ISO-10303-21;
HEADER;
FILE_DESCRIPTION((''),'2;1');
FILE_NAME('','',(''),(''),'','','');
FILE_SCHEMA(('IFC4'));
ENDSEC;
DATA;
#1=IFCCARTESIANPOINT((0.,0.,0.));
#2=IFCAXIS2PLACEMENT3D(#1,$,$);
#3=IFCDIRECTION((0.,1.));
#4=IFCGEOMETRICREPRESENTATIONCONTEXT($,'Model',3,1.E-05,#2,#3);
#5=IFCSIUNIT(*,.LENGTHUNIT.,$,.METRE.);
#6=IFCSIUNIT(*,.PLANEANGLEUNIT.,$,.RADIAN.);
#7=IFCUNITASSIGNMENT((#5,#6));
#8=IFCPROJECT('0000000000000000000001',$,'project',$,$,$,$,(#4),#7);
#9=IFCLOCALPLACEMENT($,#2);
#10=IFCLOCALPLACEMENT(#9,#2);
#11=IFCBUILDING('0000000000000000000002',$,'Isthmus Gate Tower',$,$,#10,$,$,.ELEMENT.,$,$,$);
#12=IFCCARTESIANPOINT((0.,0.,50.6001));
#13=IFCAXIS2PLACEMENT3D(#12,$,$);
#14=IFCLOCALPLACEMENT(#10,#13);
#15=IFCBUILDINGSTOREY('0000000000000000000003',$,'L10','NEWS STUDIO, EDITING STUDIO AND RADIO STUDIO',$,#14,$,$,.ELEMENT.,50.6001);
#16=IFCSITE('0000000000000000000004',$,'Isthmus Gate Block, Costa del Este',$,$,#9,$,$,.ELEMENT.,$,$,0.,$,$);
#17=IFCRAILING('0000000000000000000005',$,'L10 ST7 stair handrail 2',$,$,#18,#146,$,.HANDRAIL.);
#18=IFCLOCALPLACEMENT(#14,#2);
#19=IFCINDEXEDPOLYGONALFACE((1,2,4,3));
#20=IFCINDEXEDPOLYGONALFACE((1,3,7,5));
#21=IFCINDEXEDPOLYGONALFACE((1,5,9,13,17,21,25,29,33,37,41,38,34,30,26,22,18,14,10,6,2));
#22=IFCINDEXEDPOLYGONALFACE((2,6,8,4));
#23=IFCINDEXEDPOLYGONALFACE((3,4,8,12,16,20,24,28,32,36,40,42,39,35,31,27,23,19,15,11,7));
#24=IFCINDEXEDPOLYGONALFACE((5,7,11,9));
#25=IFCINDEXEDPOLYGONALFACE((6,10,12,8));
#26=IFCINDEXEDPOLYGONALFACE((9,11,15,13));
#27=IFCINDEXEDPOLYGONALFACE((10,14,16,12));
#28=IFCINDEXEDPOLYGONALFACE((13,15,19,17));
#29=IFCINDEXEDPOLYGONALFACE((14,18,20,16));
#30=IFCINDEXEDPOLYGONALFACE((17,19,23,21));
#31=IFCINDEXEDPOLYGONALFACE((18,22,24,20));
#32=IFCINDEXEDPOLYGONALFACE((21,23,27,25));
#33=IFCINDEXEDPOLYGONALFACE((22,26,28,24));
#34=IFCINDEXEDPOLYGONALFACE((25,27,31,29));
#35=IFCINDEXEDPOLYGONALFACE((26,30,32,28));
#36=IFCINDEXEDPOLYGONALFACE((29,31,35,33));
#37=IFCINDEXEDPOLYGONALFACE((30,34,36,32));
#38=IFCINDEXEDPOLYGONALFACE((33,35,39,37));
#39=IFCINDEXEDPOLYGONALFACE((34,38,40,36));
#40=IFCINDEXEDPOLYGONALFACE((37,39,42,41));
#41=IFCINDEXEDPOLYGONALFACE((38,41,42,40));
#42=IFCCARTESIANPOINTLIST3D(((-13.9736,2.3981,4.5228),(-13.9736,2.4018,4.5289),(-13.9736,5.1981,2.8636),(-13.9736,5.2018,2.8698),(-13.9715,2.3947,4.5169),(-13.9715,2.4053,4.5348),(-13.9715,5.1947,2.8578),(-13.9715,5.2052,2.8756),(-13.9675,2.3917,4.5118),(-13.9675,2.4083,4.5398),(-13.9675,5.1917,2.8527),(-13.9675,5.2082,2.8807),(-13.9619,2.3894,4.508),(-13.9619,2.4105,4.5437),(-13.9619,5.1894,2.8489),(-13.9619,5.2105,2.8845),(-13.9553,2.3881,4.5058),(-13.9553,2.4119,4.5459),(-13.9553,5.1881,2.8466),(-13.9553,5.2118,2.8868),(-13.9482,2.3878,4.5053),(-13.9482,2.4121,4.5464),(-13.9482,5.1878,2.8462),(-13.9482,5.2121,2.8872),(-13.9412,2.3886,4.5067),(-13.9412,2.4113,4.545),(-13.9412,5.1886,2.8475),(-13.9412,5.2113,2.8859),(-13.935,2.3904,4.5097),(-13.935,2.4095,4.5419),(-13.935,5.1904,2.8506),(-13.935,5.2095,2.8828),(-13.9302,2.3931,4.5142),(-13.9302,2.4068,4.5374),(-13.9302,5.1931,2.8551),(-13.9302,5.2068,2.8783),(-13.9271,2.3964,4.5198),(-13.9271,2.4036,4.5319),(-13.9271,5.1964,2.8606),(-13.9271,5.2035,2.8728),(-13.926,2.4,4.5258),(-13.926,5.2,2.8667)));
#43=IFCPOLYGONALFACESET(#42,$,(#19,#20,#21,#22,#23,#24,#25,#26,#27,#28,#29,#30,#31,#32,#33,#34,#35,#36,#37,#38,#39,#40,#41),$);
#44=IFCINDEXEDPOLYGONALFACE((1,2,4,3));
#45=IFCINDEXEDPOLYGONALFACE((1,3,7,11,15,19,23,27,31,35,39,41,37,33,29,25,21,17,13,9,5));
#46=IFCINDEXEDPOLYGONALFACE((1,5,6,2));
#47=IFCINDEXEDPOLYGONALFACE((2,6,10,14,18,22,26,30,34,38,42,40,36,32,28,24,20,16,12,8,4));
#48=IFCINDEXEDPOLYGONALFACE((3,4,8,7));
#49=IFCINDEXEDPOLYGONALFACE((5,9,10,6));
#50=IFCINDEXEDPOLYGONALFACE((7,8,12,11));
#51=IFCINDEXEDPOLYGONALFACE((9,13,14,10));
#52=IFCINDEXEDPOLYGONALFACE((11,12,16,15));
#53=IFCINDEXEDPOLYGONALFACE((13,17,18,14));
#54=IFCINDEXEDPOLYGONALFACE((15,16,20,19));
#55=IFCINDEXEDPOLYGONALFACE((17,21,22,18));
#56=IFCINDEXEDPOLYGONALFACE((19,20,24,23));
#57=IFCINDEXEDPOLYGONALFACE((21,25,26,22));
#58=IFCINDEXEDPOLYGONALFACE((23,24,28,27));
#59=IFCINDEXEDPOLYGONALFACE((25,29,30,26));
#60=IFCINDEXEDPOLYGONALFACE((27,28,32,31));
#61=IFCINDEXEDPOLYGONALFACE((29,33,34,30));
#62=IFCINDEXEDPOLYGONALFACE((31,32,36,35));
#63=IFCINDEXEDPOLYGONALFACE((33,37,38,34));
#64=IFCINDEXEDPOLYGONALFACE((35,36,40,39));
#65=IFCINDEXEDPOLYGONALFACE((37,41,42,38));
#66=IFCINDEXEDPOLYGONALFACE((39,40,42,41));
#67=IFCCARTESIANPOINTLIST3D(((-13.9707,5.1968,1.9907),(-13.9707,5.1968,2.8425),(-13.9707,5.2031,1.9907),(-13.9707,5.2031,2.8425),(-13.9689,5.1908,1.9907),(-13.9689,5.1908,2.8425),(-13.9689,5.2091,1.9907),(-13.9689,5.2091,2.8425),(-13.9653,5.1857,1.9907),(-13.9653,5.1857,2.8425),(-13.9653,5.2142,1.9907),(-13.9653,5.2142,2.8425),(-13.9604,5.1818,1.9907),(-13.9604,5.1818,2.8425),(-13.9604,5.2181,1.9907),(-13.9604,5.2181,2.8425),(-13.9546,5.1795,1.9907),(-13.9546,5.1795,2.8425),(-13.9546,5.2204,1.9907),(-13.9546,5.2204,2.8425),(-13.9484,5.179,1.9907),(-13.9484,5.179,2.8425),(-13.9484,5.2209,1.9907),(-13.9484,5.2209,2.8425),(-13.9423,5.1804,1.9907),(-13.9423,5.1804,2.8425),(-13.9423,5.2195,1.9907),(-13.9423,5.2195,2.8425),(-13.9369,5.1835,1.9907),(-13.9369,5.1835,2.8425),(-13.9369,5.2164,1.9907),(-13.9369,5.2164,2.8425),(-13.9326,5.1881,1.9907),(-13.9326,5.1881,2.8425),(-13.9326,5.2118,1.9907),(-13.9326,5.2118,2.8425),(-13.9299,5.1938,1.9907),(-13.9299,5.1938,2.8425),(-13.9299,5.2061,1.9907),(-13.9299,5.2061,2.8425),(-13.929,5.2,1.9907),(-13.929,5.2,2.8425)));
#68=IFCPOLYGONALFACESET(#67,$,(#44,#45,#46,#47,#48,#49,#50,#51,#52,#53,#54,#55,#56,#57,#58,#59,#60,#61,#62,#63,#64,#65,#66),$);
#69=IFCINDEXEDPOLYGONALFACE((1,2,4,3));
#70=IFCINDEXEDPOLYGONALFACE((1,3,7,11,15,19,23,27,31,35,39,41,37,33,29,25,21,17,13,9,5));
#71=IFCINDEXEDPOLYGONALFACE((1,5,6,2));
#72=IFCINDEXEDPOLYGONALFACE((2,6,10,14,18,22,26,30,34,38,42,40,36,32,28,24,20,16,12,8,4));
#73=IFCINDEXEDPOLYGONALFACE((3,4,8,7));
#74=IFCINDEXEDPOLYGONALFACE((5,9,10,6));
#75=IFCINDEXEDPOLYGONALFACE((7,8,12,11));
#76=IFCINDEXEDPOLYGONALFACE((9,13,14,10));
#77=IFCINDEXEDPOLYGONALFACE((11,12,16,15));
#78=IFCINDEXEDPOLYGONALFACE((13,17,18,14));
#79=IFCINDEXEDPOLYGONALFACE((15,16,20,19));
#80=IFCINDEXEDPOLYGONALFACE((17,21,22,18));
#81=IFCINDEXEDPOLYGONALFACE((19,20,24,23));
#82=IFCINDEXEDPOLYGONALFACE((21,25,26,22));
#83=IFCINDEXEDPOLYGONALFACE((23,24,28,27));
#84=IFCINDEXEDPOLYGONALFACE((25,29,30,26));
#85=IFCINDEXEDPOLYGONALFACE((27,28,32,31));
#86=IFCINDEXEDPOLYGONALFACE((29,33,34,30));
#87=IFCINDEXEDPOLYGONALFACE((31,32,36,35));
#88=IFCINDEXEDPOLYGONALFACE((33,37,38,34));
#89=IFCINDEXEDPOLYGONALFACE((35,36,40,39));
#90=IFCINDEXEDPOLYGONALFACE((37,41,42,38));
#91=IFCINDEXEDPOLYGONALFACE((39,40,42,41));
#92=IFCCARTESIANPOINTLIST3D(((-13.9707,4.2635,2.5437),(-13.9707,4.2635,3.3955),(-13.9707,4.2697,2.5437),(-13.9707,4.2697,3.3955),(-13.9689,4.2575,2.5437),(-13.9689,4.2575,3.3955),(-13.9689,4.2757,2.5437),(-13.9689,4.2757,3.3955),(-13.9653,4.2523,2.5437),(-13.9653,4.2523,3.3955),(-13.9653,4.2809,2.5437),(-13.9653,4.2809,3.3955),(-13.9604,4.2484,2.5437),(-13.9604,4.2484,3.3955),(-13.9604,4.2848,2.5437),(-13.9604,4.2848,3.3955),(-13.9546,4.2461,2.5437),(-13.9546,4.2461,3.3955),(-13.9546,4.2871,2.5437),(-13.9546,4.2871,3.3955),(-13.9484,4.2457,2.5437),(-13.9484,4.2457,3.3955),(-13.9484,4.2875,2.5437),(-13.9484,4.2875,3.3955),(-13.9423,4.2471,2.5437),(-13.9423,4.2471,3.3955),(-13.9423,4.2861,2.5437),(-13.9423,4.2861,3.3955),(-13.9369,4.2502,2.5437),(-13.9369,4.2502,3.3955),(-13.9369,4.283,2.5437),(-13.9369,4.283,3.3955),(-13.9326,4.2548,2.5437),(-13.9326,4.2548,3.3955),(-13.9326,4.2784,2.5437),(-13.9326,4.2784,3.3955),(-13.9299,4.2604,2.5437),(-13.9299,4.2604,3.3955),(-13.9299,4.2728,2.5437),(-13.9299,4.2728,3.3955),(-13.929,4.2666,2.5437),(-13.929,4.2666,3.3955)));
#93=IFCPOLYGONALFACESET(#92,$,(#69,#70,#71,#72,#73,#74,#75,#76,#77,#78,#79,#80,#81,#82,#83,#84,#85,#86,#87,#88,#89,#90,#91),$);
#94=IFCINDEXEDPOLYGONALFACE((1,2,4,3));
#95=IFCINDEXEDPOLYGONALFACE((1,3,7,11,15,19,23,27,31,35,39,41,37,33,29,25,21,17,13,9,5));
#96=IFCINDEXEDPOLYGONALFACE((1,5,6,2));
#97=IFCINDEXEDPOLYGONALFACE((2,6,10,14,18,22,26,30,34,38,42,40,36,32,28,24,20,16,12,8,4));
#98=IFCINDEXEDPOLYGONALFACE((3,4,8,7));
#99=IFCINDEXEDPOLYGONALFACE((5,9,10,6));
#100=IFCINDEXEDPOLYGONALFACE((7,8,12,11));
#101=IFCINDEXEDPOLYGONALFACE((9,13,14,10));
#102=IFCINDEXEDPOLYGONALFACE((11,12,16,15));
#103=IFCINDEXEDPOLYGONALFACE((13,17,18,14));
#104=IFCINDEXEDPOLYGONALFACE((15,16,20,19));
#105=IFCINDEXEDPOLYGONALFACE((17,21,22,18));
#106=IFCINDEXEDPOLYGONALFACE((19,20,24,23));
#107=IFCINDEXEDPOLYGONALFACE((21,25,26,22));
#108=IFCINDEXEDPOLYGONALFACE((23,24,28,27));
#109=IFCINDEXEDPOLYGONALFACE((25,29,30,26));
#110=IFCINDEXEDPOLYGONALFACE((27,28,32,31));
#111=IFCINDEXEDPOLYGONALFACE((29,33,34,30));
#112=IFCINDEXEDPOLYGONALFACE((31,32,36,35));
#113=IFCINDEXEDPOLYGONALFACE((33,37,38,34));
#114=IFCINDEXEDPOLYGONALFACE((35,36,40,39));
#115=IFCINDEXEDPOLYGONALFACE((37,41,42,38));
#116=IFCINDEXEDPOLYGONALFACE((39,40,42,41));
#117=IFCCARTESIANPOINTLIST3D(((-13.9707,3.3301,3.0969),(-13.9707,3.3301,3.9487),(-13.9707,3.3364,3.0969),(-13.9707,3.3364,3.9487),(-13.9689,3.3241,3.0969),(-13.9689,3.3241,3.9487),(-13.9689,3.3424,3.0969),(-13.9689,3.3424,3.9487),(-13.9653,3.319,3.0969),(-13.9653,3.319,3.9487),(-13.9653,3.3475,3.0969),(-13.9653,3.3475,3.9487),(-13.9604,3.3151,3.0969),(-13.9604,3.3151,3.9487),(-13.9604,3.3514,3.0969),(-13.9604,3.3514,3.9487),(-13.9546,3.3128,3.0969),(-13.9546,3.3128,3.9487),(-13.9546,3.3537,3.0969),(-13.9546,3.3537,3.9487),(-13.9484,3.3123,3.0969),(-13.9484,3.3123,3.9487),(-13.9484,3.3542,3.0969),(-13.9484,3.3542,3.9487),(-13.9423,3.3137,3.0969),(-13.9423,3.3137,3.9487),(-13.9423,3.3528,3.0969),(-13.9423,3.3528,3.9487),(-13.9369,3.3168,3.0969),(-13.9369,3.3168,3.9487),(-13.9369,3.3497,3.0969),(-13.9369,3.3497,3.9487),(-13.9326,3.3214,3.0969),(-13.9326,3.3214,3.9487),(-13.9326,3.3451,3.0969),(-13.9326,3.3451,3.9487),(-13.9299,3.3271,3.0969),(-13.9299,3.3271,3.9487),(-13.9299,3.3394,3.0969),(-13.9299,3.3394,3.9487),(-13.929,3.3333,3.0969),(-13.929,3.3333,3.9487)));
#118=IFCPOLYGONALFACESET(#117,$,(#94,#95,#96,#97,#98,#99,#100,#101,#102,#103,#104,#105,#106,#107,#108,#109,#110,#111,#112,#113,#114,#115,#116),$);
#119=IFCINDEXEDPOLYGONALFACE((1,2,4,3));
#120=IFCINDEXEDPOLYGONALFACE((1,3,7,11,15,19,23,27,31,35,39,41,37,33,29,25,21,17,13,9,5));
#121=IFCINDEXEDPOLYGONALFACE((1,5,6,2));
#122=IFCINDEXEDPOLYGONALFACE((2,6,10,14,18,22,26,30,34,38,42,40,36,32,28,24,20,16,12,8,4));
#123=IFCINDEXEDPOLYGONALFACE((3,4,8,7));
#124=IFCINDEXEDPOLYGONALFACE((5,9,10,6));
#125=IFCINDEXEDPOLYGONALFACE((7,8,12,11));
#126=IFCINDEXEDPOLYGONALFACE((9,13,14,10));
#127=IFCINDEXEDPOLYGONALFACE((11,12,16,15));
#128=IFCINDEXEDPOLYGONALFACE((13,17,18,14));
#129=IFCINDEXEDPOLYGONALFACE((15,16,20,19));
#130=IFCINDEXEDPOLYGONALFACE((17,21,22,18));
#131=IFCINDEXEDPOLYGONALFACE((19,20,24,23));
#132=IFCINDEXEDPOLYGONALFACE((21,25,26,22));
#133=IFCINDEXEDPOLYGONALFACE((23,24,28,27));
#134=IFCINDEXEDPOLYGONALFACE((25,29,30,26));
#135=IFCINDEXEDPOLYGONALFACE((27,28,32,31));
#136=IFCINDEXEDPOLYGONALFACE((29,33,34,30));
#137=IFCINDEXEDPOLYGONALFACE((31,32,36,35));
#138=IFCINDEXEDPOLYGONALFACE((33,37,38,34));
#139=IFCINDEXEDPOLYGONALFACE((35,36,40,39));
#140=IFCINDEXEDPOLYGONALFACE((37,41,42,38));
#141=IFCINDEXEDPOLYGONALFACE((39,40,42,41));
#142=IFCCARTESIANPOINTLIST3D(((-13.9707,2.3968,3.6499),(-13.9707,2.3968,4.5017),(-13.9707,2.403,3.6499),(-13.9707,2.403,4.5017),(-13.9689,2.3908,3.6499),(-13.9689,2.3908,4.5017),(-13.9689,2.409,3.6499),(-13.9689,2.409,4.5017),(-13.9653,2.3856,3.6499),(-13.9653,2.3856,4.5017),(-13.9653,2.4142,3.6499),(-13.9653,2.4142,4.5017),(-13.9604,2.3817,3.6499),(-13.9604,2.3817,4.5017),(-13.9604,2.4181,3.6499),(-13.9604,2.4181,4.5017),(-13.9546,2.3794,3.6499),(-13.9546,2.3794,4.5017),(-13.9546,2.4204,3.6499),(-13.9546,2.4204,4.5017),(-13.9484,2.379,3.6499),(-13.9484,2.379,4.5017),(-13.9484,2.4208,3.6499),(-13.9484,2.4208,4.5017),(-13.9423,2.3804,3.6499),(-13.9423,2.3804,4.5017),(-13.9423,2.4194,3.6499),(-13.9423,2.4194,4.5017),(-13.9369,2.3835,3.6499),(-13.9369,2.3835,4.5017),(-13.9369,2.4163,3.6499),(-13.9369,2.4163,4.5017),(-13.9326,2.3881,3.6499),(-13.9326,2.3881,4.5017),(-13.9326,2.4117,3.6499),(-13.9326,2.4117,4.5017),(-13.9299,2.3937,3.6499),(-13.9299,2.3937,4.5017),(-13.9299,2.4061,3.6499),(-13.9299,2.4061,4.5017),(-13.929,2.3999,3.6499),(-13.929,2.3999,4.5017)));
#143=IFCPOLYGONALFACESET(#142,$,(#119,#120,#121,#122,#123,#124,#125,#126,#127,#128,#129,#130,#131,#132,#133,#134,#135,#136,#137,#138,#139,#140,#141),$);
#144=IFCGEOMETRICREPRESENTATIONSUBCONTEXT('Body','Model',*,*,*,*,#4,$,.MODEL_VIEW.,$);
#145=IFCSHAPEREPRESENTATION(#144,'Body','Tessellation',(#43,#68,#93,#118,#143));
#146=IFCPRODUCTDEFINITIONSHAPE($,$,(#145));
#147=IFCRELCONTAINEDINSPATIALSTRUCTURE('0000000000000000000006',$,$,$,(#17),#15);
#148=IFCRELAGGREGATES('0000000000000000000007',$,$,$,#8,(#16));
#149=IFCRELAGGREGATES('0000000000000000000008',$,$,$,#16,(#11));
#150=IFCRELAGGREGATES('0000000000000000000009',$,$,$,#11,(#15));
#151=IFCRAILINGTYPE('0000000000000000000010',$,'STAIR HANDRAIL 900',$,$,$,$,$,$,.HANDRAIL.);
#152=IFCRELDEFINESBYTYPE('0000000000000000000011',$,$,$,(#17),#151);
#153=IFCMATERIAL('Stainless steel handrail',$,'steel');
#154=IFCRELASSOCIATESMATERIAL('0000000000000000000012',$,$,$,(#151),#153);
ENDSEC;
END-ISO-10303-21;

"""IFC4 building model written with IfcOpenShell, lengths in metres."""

from ifc_helpers import new_model, si_unit, direction, frame, origin, origin_2d, place, context, subcontext, project, spatial, circle, extrude, material, type_object, element, save


model = new_model("IFC4")

# Units and contexts
model_context = context("Model", 3, precision=1e-05, world=origin(), true_north=direction((0.0, 1.0)))
body_context = subcontext(model_context, "Body", "Model", "MODEL_VIEW")
ifc_project = project(units=[si_unit("LENGTHUNIT", "METRE"), si_unit("PLANEANGLEUNIT", "RADIAN")], contexts=[model_context])

# Site, building, storey
site_placement = place(None, origin())
site = spatial("IfcSite", under=ifc_project, at=site_placement, Name="Isthmus Gate Block, Costa del Este", CompositionType="ELEMENT", RefElevation=0.0)
building_placement = place(site_placement, origin())
building = spatial("IfcBuilding", under=site, at=building_placement, Name="Isthmus Gate Tower", CompositionType="ELEMENT")
storey_placement = place(building_placement, frame((0.0, 0.0, 50.6001)))
storey = spatial("IfcBuildingStorey", under=building, at=storey_placement, Name="L10", Description="NEWS STUDIO, EDITING STUDIO AND RADIO STUDIO", CompositionType="ELEMENT", Elevation=50.6001)

# Railing
ifc_material_1 = material(Name="Stainless steel handrail", Category="steel")
railing_type_1 = type_object("IfcRailingType", Name="STAIR HANDRAIL 900", PredefinedType="HANDRAIL", material=ifc_material_1)
for number, where, name in (
    (1, (-13.95, 5.2, 1.9907), "L10 ST7 stair handrail 2"),
):
    element("IfcRailing", number, at=place(storey_placement, frame(where)), inside=storey, type_object=railing_type_1, Name=name, PredefinedType="HANDRAIL", context=body_context, shape_type="SweptSolid", body=[
        extrude(circle(Radius=0.0239, at=origin_2d()), frame((0.0, 0.0, 0.876), z_axis=(0.0, -0.860306, 0.509778), x_axis=(1.0, 0.0, 0.0)), (0.0, 0.0, 1.0), 3.2546),
        extrude(circle(Radius=0.021, at=origin_2d()), origin(), (0.0, 0.0, 1.0), 0.8518),
        extrude(circle(Radius=0.021, at=origin_2d()), frame((0.0, -0.9333, 0.553)), (0.0, 0.0, 1.0), 0.8518),
        extrude(circle(Radius=0.021, at=origin_2d()), frame((0.0, -1.8667, 1.1062)), (0.0, 0.0, 1.0), 0.8518),
        extrude(circle(Radius=0.021, at=origin_2d()), frame((0.0, -2.8, 1.6592)), (0.0, 0.0, 1.0), 0.8518),
    ])

save(model, "model.ifc")
